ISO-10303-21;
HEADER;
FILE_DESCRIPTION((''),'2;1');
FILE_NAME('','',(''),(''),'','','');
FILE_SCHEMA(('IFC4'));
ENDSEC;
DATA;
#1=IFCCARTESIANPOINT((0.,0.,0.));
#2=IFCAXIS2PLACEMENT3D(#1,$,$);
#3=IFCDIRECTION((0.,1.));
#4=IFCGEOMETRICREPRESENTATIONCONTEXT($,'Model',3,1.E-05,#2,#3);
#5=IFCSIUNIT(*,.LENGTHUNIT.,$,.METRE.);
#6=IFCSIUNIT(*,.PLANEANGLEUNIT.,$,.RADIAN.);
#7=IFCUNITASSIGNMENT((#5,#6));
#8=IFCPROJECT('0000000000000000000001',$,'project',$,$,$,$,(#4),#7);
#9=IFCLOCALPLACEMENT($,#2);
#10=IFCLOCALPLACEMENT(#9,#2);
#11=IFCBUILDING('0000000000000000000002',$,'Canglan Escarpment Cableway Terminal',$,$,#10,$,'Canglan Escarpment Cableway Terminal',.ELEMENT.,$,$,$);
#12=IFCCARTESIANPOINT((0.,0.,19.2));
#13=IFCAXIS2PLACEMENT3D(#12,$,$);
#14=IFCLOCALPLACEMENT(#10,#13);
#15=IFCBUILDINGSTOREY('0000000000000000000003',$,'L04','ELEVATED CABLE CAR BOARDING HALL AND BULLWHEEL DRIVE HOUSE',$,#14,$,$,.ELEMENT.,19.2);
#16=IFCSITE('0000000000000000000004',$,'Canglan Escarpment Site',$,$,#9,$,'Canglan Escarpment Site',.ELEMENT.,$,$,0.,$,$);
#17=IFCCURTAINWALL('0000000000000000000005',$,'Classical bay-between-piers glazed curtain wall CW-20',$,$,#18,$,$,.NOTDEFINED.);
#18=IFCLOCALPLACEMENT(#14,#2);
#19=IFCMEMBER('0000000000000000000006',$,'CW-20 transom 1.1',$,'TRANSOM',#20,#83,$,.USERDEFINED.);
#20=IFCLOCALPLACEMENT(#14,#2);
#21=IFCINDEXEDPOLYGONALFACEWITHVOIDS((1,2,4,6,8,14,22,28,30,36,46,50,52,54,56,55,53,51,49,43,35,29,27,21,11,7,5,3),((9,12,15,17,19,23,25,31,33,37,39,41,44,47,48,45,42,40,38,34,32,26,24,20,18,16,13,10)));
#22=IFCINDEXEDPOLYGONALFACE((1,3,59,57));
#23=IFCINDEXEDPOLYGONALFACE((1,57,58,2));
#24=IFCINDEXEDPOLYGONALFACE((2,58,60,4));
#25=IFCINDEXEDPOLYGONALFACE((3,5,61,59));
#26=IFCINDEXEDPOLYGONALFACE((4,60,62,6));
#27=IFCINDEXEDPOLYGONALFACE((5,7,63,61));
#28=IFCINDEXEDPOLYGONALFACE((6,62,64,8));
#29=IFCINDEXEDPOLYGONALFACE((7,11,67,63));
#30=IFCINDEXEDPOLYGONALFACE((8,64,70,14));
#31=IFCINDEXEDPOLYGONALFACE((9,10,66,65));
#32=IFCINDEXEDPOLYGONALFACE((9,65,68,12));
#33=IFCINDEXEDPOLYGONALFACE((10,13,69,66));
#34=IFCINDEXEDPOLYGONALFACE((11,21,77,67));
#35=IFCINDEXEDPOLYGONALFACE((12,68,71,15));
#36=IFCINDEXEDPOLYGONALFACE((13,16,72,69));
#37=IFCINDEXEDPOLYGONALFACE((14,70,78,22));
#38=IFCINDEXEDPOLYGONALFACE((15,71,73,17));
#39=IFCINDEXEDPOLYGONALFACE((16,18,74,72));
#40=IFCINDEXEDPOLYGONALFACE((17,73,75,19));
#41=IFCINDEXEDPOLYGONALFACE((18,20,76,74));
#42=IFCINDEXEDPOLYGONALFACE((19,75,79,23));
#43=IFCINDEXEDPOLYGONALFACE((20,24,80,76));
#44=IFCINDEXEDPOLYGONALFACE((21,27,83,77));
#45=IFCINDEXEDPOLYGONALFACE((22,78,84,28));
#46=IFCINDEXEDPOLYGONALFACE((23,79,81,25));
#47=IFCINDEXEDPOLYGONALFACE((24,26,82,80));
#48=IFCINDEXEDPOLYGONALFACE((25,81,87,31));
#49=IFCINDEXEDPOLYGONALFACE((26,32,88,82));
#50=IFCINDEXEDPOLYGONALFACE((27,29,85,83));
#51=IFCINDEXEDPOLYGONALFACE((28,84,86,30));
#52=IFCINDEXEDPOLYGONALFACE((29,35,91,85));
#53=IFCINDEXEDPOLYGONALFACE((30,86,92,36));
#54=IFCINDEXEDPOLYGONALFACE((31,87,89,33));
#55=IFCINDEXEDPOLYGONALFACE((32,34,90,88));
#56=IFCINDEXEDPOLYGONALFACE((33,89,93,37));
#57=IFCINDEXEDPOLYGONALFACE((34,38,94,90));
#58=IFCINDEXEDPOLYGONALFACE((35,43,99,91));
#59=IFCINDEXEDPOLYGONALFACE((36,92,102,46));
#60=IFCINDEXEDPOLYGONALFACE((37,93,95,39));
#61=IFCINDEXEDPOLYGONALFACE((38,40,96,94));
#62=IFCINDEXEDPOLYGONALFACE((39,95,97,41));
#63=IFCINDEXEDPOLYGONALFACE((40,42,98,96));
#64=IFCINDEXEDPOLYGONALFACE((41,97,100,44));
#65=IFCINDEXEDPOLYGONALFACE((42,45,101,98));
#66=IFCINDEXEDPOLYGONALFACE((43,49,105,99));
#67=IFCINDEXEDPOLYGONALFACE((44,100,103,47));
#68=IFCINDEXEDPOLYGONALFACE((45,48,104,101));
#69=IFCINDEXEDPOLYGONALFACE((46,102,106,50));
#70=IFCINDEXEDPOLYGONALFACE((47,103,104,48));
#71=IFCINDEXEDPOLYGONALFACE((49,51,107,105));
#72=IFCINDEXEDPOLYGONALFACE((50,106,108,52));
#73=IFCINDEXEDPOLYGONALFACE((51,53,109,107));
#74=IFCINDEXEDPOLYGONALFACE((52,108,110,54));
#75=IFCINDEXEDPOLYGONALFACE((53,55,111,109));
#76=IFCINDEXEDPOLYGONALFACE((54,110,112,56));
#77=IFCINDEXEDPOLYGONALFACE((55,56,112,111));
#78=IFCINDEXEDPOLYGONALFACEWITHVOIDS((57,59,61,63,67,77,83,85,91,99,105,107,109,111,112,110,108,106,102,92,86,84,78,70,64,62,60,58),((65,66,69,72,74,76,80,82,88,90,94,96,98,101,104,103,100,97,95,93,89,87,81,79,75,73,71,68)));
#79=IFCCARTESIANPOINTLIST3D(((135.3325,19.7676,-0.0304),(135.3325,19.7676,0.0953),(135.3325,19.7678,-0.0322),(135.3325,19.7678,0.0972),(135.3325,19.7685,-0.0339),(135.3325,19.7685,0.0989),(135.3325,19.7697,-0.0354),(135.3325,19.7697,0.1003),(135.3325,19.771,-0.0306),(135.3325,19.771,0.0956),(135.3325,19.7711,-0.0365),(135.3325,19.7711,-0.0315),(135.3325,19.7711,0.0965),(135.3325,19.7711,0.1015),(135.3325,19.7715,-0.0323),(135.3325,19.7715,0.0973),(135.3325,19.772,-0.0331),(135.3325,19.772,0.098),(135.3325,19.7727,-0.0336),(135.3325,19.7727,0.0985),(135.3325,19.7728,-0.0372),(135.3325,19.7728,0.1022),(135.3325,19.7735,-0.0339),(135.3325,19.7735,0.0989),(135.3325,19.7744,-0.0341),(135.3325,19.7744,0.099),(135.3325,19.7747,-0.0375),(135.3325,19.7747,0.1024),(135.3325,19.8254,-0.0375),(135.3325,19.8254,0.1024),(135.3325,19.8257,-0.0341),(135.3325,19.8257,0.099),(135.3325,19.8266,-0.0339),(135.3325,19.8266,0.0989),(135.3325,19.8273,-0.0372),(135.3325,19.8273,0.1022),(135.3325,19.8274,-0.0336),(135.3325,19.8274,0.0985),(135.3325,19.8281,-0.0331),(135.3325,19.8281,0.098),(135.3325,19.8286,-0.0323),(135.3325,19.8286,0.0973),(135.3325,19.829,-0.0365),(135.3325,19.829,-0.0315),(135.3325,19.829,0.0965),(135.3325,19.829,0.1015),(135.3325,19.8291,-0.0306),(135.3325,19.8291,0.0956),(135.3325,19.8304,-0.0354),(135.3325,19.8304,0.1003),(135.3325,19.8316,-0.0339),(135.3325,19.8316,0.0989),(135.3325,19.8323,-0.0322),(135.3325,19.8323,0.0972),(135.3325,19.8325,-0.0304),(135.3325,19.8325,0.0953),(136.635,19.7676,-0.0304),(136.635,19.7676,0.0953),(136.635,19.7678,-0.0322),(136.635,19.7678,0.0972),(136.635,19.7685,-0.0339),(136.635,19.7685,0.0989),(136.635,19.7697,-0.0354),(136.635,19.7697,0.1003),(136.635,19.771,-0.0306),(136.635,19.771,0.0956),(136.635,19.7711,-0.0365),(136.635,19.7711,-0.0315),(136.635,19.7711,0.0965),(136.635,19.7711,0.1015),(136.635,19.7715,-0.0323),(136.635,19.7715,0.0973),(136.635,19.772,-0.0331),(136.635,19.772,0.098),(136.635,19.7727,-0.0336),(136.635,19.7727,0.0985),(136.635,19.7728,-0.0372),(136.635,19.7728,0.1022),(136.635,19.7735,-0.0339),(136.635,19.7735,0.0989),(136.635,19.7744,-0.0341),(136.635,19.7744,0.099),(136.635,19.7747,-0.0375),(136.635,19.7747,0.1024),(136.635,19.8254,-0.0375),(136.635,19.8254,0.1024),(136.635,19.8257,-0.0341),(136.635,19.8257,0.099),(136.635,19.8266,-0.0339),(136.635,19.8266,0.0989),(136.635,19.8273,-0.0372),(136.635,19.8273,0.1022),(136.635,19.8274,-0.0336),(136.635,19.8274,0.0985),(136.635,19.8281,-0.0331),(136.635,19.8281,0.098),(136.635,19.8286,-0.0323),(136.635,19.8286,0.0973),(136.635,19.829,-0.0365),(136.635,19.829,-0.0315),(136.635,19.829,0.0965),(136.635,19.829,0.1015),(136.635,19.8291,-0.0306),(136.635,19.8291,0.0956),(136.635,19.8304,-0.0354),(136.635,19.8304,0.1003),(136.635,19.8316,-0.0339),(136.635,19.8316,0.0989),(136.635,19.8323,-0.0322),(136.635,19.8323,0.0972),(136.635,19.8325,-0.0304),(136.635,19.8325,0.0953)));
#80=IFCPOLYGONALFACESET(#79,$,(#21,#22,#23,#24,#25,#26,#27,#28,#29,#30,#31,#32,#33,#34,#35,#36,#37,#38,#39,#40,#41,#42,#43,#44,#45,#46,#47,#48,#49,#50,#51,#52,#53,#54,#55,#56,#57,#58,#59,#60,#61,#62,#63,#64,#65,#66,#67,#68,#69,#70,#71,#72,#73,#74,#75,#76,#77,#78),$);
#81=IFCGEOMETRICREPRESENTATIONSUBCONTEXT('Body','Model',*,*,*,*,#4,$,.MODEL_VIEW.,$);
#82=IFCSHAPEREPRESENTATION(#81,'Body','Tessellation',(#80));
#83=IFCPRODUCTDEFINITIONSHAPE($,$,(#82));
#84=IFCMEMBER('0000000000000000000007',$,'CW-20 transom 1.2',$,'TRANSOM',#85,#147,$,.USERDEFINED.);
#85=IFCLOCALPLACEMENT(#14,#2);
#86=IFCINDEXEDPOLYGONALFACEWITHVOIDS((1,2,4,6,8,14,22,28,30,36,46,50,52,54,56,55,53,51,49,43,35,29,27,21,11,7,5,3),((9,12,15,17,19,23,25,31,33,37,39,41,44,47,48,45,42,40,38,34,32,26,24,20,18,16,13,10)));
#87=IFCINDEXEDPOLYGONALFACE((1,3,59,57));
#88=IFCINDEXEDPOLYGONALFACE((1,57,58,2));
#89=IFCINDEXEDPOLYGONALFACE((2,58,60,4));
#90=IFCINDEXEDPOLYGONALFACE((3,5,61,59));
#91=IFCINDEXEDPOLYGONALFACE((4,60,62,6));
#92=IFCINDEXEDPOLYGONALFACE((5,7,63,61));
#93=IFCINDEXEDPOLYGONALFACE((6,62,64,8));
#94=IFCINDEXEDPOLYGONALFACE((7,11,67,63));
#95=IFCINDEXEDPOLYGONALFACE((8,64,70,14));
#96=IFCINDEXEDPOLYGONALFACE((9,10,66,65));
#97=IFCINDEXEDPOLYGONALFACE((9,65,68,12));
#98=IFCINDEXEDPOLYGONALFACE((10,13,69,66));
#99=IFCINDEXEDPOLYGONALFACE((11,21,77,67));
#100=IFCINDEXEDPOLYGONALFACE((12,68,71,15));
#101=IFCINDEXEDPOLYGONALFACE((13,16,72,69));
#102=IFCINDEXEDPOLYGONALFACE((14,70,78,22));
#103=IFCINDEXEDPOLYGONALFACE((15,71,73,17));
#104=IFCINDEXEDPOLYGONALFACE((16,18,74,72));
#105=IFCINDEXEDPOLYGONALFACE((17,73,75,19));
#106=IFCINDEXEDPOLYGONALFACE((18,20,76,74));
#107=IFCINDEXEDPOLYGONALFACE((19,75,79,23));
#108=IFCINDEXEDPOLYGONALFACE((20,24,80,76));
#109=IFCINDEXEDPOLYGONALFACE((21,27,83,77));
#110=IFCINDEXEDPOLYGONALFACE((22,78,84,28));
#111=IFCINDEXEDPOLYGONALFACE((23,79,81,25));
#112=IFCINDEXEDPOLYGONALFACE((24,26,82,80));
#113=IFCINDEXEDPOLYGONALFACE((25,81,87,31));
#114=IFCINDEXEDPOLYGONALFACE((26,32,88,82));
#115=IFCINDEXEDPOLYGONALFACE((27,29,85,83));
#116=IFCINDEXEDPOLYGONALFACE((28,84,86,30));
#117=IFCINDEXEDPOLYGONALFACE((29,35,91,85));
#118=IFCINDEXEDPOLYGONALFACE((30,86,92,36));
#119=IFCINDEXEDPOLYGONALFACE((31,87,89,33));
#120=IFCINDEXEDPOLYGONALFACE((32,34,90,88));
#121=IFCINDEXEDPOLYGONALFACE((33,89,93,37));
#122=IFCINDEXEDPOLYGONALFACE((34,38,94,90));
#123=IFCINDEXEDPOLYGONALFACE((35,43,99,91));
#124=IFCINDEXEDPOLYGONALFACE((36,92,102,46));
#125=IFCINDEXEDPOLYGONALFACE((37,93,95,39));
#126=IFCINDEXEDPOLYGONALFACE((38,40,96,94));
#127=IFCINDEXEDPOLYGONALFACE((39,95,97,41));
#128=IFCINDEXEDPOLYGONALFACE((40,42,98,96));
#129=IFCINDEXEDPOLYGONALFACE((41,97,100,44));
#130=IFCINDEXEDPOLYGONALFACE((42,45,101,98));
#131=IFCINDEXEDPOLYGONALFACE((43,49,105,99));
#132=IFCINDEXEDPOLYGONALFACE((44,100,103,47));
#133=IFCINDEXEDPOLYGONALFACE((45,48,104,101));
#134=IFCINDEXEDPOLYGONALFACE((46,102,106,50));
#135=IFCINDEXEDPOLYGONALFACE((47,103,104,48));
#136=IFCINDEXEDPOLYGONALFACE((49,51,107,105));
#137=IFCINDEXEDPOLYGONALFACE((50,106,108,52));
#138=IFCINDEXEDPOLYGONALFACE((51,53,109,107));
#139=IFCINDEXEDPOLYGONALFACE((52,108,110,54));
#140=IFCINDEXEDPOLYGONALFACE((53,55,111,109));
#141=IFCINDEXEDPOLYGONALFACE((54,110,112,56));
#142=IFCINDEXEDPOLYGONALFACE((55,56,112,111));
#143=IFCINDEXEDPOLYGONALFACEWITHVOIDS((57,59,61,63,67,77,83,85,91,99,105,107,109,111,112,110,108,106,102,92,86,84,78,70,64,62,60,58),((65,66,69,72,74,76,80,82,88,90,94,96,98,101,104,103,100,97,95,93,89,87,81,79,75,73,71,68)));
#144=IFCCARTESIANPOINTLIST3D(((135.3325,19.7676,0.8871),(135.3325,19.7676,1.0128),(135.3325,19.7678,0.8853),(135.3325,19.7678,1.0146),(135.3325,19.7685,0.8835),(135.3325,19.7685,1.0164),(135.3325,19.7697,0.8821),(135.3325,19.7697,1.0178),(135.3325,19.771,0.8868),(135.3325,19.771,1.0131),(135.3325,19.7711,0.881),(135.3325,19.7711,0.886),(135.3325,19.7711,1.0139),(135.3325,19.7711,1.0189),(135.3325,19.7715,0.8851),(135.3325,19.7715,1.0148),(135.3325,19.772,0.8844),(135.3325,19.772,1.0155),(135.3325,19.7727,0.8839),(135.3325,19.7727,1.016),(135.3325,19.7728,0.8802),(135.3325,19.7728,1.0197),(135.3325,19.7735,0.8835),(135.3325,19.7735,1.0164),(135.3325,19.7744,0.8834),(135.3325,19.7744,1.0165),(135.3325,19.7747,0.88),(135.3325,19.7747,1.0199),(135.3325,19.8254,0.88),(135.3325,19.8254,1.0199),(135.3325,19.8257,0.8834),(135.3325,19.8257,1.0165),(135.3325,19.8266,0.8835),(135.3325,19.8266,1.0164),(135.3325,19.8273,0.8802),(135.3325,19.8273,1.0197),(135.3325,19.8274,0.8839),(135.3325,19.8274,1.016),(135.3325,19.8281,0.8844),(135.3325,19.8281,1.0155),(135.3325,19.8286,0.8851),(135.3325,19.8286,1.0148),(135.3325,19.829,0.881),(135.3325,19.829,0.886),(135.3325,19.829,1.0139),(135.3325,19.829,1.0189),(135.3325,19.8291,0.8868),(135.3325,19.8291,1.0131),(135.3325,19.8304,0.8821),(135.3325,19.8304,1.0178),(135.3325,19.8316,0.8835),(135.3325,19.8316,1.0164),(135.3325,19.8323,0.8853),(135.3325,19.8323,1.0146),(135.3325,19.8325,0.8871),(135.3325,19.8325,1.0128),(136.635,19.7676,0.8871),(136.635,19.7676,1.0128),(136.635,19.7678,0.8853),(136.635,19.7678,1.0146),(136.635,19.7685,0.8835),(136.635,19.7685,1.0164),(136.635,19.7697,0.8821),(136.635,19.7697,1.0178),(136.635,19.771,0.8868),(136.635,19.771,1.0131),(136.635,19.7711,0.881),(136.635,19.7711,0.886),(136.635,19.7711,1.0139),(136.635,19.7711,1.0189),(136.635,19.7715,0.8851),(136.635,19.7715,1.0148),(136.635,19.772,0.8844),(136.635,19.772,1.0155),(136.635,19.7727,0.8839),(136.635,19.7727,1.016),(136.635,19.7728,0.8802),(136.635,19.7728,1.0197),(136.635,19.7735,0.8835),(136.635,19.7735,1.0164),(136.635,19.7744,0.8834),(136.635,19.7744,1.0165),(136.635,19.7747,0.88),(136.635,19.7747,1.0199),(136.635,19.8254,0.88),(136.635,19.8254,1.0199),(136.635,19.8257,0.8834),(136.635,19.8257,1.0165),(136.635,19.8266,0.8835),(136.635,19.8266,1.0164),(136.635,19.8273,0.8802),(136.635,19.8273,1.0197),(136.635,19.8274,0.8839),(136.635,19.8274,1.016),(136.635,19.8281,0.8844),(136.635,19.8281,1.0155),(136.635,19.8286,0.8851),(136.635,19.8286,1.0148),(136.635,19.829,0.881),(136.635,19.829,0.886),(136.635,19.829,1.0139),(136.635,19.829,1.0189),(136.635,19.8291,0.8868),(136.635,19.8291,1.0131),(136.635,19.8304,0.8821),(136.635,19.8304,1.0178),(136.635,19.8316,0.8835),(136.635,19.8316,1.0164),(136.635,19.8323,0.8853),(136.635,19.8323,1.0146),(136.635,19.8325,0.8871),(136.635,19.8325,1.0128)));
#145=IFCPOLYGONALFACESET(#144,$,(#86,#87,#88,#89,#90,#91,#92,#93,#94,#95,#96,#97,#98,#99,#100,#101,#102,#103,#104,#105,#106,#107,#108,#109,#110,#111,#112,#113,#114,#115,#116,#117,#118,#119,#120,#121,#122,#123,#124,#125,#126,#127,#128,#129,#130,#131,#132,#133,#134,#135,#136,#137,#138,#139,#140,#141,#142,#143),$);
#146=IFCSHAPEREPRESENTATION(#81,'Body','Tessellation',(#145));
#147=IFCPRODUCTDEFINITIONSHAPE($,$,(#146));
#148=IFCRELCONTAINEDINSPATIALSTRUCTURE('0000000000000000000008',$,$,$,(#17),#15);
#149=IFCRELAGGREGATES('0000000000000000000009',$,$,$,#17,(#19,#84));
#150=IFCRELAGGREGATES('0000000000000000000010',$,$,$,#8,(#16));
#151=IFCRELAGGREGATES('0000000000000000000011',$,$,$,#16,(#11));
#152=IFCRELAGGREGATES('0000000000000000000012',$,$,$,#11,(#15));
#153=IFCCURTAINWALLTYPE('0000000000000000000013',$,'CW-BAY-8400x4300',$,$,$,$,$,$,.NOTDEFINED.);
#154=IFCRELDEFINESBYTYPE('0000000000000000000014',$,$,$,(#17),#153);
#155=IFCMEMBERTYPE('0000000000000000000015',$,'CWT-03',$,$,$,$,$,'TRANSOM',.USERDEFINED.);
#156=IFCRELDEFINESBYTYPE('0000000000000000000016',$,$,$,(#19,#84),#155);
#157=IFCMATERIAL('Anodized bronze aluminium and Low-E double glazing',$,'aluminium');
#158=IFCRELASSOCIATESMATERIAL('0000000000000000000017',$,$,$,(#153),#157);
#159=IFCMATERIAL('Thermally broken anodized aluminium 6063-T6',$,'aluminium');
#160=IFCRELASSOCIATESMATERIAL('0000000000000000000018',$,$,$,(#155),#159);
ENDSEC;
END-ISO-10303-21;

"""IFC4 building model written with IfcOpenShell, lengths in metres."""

from ifc_helpers import new_model, si_unit, direction, frame, origin, origin_2d, place, context, subcontext, project, spatial, hollow_rectangle, extrude, material, material_profile, profile_set, type_object, element, aggregate, save


model = new_model("IFC4")

# Units and contexts
model_context = context("Model", 3, precision=1e-05, world=origin(), true_north=direction((0.0, 1.0)))
body_context = subcontext(model_context, "Body", "Model", "MODEL_VIEW")
ifc_project = project(units=[si_unit("LENGTHUNIT", "METRE"), si_unit("PLANEANGLEUNIT", "RADIAN")], contexts=[model_context])

# Site, building, storey
site_placement = place(None, origin())
site = spatial("IfcSite", under=ifc_project, at=site_placement, Name="Canglan Escarpment Site", LongName="Canglan Escarpment Site", CompositionType="ELEMENT", RefElevation=0.0)
building_placement = place(site_placement, origin())
building = spatial("IfcBuilding", under=site, at=building_placement, Name="Canglan Escarpment Cableway Terminal", LongName="Canglan Escarpment Cableway Terminal", CompositionType="ELEMENT")
storey_placement = place(building_placement, frame((0.0, 0.0, 19.2)))
storey = spatial("IfcBuildingStorey", under=building, at=storey_placement, Name="L04", Description="ELEVATED CABLE CAR BOARDING HALL AND BULLWHEEL DRIVE HOUSE", CompositionType="ELEMENT", Elevation=19.2)

# Curtain wall, members
ifc_material_1 = material(Name="Anodized bronze aluminium and Low-E double glazing", Category="aluminium")
curtain_wall_type = type_object("IfcCurtainWallType", Name="CW-BAY-8400x4300", PredefinedType="NOTDEFINED", material=ifc_material_1)
curtain_wall_placement = place(storey_placement, origin())
curtain_wall = element("IfcCurtainWall", 1, at=curtain_wall_placement, inside=storey, type_object=curtain_wall_type, Name="Classical bay-between-piers glazed curtain wall CW-20", PredefinedType="NOTDEFINED")
ifc_material_2 = material(Name="Thermally broken anodized aluminium 6063-T6", Category="aluminium")
ifc_material_profile_1 = material_profile(ifc_material_2, hollow_rectangle(XDim=0.0649, YDim=0.1399, WallThickness=0.0034, InnerFilletRadius=0.0034, OuterFilletRadius=0.0071, at=origin_2d()), Name="ALU-TRAN 65x140x3.5")
ifc_profile_set_1 = profile_set([ifc_material_profile_1], Name="Thermally broken anodized aluminium 6063-T6")
member_type_1 = type_object("IfcMemberType", Name="CWT-03", ElementType="TRANSOM", PredefinedType="USERDEFINED", material=ifc_profile_set_1)
member_1_placement = place(storey_placement, frame((136.635, 19.8, 0.0325), z_axis=(-1.0, 0.0, 0.0), x_axis=(0.0, -1.0, 0.0)))
member_1 = element("IfcMember", 2, at=member_1_placement, type_object=member_type_1, Name="CW-20 transom 1.1", ObjectType="TRANSOM", PredefinedType="USERDEFINED", context=body_context, shape_type="SweptSolid", body=[
    extrude(hollow_rectangle(XDim=0.0649, YDim=0.1399, WallThickness=0.0034, InnerFilletRadius=0.0034, OuterFilletRadius=0.0071, at=origin_2d()), origin(), (0.0, 0.0, 1.0), 1.3025),
])
member_2_placement = place(storey_placement, frame((136.635, 19.8, 0.95), z_axis=(-1.0, 0.0, 0.0), x_axis=(0.0, -1.0, 0.0)))
member_2 = element("IfcMember", 3, at=member_2_placement, type_object=member_type_1, Name="CW-20 transom 1.2", ObjectType="TRANSOM", PredefinedType="USERDEFINED", context=body_context, shape_type="SweptSolid", body=[
    extrude(hollow_rectangle(XDim=0.0649, YDim=0.1399, WallThickness=0.0034, InnerFilletRadius=0.0034, OuterFilletRadius=0.0071, at=origin_2d()), origin(), (0.0, 0.0, 1.0), 1.3025),
])

aggregate(curtain_wall, [member_1, member_2])

save(model, "model.ifc")
